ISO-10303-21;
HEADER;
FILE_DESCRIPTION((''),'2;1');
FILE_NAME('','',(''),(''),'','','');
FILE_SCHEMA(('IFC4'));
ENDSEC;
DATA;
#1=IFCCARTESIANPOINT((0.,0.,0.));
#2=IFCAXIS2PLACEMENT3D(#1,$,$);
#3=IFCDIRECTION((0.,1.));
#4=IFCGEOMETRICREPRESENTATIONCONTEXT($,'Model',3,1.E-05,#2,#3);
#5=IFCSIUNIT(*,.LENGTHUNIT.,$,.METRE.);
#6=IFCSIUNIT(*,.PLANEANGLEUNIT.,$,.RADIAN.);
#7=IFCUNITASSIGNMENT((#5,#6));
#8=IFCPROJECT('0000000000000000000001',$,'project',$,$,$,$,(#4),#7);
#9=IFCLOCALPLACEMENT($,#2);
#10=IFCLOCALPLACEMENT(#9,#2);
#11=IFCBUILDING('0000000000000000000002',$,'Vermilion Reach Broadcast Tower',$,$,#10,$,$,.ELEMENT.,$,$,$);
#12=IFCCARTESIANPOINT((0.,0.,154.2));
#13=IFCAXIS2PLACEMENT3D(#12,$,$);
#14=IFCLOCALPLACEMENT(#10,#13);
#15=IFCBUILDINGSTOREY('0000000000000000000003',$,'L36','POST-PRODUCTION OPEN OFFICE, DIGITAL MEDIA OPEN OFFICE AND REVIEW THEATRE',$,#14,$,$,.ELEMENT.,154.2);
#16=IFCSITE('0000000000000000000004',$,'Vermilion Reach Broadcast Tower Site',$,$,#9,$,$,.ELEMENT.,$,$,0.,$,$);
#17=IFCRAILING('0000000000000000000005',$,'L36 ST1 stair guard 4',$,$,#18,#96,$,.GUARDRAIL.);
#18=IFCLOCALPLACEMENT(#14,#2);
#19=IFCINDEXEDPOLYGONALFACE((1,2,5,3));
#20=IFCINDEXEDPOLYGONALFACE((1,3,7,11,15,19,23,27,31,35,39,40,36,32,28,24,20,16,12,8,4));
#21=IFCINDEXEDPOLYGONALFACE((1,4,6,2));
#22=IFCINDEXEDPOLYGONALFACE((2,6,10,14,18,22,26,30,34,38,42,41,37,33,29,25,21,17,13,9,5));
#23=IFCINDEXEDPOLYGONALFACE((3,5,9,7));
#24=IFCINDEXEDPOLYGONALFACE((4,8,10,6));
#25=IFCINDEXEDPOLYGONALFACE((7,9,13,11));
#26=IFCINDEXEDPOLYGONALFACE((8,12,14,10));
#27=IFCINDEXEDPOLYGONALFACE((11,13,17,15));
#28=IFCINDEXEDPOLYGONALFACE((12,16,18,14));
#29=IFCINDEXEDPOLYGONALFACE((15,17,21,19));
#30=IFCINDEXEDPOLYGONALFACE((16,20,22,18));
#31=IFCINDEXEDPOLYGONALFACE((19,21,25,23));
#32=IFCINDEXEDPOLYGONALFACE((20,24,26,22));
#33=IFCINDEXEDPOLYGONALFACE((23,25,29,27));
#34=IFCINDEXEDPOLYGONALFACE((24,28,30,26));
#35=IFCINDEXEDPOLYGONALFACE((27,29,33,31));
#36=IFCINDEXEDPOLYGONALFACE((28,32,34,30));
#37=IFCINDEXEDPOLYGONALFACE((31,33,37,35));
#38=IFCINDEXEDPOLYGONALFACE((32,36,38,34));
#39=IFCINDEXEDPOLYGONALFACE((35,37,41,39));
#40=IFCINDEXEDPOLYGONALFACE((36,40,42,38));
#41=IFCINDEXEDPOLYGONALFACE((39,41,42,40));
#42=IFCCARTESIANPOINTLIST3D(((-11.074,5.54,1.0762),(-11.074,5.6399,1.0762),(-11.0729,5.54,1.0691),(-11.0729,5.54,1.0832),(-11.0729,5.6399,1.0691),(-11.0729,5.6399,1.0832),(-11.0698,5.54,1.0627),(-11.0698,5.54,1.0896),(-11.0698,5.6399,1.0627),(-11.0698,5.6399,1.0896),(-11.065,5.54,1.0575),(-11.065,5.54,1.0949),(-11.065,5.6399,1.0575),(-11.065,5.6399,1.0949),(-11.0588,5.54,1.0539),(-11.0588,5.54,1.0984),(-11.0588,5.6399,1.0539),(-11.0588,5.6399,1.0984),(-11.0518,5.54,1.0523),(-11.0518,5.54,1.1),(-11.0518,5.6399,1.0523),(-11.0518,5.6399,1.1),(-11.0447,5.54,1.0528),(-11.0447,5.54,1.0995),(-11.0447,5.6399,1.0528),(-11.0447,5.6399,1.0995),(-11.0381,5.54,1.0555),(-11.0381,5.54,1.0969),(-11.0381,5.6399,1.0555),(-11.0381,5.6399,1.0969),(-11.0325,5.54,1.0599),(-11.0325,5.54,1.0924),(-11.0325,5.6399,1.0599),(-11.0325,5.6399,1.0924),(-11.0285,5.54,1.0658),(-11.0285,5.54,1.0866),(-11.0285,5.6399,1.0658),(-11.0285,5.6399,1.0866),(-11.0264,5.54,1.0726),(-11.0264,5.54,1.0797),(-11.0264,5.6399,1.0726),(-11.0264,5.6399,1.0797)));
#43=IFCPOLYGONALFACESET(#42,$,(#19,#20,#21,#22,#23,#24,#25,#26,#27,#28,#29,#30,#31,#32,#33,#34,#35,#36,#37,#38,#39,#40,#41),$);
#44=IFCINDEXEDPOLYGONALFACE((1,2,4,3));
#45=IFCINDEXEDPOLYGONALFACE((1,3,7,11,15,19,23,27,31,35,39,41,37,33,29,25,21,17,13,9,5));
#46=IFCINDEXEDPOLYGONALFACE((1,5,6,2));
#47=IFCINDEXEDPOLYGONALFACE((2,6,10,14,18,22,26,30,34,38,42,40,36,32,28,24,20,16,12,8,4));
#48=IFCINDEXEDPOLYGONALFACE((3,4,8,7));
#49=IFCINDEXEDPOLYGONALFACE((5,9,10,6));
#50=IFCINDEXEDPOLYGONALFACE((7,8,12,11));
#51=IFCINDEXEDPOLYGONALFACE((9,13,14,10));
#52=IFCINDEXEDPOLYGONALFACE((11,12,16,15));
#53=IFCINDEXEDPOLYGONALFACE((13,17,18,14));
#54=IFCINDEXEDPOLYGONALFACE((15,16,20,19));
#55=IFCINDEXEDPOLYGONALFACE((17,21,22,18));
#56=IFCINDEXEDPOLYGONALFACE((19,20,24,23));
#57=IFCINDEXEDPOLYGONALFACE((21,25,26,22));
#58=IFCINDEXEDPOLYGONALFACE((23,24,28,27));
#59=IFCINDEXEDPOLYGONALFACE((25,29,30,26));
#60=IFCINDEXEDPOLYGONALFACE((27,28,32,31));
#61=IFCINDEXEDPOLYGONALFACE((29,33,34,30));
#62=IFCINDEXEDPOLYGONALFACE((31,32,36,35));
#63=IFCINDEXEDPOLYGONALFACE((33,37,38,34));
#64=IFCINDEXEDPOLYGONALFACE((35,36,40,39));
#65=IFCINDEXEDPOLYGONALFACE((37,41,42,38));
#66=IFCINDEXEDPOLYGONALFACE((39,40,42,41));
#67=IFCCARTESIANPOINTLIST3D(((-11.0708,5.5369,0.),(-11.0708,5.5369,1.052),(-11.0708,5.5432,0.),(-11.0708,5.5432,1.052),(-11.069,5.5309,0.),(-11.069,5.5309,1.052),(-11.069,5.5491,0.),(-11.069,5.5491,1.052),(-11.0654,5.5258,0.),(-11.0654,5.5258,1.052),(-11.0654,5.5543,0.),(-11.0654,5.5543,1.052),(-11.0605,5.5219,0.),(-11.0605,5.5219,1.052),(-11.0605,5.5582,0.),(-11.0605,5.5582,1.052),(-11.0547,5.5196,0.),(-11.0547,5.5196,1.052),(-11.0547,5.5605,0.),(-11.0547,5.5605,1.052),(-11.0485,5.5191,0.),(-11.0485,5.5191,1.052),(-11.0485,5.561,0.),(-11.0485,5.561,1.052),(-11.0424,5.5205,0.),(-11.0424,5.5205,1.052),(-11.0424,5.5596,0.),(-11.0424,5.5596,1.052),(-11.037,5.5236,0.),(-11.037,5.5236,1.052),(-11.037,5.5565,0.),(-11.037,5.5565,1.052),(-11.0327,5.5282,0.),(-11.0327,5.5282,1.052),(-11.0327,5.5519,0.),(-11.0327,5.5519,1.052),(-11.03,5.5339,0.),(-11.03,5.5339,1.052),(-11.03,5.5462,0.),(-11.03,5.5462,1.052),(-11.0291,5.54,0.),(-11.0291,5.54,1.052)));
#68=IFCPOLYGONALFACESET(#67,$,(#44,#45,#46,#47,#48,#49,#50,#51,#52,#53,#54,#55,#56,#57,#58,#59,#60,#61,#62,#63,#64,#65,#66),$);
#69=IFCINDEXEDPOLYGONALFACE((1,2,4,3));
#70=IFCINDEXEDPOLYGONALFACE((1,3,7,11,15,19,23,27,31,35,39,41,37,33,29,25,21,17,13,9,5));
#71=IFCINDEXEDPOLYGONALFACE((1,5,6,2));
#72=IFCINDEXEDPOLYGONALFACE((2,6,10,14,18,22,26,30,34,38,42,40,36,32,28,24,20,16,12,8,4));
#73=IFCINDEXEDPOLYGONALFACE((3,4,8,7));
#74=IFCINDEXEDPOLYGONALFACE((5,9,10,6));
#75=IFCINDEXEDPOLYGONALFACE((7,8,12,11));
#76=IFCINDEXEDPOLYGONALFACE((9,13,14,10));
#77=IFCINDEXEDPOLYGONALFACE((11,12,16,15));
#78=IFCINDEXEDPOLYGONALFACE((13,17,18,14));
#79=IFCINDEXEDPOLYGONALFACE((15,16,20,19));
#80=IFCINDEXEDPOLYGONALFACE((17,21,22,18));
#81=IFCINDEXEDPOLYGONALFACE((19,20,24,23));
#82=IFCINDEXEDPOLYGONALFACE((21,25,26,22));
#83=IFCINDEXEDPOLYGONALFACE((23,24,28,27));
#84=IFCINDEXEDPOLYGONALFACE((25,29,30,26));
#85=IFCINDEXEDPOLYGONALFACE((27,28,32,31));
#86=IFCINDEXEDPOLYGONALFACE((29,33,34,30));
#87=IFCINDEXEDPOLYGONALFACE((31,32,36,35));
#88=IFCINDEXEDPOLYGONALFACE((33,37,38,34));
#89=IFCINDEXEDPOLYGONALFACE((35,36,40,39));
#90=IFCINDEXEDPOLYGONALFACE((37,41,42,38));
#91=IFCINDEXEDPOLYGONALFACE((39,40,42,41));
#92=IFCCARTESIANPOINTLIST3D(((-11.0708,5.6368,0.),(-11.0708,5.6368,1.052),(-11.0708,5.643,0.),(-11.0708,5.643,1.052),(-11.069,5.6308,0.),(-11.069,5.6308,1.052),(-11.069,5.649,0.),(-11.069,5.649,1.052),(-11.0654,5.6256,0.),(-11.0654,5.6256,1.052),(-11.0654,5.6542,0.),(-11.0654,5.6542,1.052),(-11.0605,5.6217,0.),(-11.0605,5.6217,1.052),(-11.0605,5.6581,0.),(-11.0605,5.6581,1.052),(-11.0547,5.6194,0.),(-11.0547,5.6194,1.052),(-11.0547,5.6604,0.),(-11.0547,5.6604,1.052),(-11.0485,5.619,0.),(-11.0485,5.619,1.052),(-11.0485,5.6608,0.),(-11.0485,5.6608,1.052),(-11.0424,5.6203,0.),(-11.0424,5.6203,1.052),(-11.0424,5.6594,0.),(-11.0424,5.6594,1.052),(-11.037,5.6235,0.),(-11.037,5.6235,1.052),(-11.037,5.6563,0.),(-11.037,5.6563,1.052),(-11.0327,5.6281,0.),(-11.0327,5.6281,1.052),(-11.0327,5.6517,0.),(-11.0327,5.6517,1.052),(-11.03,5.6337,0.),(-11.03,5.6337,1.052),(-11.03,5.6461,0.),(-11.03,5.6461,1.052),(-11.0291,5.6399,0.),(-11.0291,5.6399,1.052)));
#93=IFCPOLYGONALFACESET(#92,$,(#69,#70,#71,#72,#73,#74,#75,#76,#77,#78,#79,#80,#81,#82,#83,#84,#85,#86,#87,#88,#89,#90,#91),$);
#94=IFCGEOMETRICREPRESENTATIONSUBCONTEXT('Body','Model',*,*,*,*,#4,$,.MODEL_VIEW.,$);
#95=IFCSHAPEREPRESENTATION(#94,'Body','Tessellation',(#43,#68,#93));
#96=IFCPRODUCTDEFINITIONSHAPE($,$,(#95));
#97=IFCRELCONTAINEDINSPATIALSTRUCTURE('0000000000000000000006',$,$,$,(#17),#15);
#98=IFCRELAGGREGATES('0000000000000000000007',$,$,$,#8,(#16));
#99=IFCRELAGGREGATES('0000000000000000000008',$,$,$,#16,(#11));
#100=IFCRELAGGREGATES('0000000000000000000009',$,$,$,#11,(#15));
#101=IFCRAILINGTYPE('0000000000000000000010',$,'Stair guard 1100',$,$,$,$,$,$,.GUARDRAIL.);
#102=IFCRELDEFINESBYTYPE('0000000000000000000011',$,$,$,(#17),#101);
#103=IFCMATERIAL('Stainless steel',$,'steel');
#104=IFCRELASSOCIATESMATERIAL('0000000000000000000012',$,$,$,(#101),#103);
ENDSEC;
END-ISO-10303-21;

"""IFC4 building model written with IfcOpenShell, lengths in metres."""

from ifc_helpers import new_model, si_unit, direction, frame, origin, origin_2d, place, context, subcontext, project, spatial, circle, extrude, material, type_object, element, save


model = new_model("IFC4")

# Units and contexts
model_context = context("Model", 3, precision=1e-05, world=origin(), true_north=direction((0.0, 1.0)))
body_context = subcontext(model_context, "Body", "Model", "MODEL_VIEW")
ifc_project = project(units=[si_unit("LENGTHUNIT", "METRE"), si_unit("PLANEANGLEUNIT", "RADIAN")], contexts=[model_context])

# Site, building, storey
site_placement = place(None, origin())
site = spatial("IfcSite", under=ifc_project, at=site_placement, Name="Vermilion Reach Broadcast Tower Site", CompositionType="ELEMENT", RefElevation=0.0)
building_placement = place(site_placement, origin())
building = spatial("IfcBuilding", under=site, at=building_placement, Name="Vermilion Reach Broadcast Tower", CompositionType="ELEMENT")
storey_placement = place(building_placement, frame((0.0, 0.0, 154.2)))
storey = spatial("IfcBuildingStorey", under=building, at=storey_placement, Name="L36", Description="POST-PRODUCTION OPEN OFFICE, DIGITAL MEDIA OPEN OFFICE AND REVIEW THEATRE", CompositionType="ELEMENT", Elevation=154.2)

# Railing
ifc_material_1 = material(Name="Stainless steel", Category="steel")
railing_type_1 = type_object("IfcRailingType", Name="Stair guard 1100", PredefinedType="GUARDRAIL", material=ifc_material_1)
railing_1_placement = place(storey_placement, frame((-11.05, 5.54, 0.0)))
element("IfcRailing", 1, at=railing_1_placement, inside=storey, type_object=railing_type_1, Name="L36 ST1 stair guard 4", PredefinedType="GUARDRAIL", context=body_context, shape_type="SweptSolid", body=[
    extrude(circle(Radius=0.0239, at=origin_2d()), frame((0.0, 0.0, 1.0762), z_axis=(0.0, 1.0, 0.0), x_axis=(-1.0, 0.0, 0.0)), (0.0, 0.0, 1.0), 0.0999),
    extrude(circle(Radius=0.021, at=origin_2d()), origin(), (0.0, 0.0, 1.0), 1.052),
    extrude(circle(Radius=0.021, at=origin_2d()), frame((0.0, 0.0999, 0.0)), (0.0, 0.0, 1.0), 1.052),
])

save(model, "model.ifc")
